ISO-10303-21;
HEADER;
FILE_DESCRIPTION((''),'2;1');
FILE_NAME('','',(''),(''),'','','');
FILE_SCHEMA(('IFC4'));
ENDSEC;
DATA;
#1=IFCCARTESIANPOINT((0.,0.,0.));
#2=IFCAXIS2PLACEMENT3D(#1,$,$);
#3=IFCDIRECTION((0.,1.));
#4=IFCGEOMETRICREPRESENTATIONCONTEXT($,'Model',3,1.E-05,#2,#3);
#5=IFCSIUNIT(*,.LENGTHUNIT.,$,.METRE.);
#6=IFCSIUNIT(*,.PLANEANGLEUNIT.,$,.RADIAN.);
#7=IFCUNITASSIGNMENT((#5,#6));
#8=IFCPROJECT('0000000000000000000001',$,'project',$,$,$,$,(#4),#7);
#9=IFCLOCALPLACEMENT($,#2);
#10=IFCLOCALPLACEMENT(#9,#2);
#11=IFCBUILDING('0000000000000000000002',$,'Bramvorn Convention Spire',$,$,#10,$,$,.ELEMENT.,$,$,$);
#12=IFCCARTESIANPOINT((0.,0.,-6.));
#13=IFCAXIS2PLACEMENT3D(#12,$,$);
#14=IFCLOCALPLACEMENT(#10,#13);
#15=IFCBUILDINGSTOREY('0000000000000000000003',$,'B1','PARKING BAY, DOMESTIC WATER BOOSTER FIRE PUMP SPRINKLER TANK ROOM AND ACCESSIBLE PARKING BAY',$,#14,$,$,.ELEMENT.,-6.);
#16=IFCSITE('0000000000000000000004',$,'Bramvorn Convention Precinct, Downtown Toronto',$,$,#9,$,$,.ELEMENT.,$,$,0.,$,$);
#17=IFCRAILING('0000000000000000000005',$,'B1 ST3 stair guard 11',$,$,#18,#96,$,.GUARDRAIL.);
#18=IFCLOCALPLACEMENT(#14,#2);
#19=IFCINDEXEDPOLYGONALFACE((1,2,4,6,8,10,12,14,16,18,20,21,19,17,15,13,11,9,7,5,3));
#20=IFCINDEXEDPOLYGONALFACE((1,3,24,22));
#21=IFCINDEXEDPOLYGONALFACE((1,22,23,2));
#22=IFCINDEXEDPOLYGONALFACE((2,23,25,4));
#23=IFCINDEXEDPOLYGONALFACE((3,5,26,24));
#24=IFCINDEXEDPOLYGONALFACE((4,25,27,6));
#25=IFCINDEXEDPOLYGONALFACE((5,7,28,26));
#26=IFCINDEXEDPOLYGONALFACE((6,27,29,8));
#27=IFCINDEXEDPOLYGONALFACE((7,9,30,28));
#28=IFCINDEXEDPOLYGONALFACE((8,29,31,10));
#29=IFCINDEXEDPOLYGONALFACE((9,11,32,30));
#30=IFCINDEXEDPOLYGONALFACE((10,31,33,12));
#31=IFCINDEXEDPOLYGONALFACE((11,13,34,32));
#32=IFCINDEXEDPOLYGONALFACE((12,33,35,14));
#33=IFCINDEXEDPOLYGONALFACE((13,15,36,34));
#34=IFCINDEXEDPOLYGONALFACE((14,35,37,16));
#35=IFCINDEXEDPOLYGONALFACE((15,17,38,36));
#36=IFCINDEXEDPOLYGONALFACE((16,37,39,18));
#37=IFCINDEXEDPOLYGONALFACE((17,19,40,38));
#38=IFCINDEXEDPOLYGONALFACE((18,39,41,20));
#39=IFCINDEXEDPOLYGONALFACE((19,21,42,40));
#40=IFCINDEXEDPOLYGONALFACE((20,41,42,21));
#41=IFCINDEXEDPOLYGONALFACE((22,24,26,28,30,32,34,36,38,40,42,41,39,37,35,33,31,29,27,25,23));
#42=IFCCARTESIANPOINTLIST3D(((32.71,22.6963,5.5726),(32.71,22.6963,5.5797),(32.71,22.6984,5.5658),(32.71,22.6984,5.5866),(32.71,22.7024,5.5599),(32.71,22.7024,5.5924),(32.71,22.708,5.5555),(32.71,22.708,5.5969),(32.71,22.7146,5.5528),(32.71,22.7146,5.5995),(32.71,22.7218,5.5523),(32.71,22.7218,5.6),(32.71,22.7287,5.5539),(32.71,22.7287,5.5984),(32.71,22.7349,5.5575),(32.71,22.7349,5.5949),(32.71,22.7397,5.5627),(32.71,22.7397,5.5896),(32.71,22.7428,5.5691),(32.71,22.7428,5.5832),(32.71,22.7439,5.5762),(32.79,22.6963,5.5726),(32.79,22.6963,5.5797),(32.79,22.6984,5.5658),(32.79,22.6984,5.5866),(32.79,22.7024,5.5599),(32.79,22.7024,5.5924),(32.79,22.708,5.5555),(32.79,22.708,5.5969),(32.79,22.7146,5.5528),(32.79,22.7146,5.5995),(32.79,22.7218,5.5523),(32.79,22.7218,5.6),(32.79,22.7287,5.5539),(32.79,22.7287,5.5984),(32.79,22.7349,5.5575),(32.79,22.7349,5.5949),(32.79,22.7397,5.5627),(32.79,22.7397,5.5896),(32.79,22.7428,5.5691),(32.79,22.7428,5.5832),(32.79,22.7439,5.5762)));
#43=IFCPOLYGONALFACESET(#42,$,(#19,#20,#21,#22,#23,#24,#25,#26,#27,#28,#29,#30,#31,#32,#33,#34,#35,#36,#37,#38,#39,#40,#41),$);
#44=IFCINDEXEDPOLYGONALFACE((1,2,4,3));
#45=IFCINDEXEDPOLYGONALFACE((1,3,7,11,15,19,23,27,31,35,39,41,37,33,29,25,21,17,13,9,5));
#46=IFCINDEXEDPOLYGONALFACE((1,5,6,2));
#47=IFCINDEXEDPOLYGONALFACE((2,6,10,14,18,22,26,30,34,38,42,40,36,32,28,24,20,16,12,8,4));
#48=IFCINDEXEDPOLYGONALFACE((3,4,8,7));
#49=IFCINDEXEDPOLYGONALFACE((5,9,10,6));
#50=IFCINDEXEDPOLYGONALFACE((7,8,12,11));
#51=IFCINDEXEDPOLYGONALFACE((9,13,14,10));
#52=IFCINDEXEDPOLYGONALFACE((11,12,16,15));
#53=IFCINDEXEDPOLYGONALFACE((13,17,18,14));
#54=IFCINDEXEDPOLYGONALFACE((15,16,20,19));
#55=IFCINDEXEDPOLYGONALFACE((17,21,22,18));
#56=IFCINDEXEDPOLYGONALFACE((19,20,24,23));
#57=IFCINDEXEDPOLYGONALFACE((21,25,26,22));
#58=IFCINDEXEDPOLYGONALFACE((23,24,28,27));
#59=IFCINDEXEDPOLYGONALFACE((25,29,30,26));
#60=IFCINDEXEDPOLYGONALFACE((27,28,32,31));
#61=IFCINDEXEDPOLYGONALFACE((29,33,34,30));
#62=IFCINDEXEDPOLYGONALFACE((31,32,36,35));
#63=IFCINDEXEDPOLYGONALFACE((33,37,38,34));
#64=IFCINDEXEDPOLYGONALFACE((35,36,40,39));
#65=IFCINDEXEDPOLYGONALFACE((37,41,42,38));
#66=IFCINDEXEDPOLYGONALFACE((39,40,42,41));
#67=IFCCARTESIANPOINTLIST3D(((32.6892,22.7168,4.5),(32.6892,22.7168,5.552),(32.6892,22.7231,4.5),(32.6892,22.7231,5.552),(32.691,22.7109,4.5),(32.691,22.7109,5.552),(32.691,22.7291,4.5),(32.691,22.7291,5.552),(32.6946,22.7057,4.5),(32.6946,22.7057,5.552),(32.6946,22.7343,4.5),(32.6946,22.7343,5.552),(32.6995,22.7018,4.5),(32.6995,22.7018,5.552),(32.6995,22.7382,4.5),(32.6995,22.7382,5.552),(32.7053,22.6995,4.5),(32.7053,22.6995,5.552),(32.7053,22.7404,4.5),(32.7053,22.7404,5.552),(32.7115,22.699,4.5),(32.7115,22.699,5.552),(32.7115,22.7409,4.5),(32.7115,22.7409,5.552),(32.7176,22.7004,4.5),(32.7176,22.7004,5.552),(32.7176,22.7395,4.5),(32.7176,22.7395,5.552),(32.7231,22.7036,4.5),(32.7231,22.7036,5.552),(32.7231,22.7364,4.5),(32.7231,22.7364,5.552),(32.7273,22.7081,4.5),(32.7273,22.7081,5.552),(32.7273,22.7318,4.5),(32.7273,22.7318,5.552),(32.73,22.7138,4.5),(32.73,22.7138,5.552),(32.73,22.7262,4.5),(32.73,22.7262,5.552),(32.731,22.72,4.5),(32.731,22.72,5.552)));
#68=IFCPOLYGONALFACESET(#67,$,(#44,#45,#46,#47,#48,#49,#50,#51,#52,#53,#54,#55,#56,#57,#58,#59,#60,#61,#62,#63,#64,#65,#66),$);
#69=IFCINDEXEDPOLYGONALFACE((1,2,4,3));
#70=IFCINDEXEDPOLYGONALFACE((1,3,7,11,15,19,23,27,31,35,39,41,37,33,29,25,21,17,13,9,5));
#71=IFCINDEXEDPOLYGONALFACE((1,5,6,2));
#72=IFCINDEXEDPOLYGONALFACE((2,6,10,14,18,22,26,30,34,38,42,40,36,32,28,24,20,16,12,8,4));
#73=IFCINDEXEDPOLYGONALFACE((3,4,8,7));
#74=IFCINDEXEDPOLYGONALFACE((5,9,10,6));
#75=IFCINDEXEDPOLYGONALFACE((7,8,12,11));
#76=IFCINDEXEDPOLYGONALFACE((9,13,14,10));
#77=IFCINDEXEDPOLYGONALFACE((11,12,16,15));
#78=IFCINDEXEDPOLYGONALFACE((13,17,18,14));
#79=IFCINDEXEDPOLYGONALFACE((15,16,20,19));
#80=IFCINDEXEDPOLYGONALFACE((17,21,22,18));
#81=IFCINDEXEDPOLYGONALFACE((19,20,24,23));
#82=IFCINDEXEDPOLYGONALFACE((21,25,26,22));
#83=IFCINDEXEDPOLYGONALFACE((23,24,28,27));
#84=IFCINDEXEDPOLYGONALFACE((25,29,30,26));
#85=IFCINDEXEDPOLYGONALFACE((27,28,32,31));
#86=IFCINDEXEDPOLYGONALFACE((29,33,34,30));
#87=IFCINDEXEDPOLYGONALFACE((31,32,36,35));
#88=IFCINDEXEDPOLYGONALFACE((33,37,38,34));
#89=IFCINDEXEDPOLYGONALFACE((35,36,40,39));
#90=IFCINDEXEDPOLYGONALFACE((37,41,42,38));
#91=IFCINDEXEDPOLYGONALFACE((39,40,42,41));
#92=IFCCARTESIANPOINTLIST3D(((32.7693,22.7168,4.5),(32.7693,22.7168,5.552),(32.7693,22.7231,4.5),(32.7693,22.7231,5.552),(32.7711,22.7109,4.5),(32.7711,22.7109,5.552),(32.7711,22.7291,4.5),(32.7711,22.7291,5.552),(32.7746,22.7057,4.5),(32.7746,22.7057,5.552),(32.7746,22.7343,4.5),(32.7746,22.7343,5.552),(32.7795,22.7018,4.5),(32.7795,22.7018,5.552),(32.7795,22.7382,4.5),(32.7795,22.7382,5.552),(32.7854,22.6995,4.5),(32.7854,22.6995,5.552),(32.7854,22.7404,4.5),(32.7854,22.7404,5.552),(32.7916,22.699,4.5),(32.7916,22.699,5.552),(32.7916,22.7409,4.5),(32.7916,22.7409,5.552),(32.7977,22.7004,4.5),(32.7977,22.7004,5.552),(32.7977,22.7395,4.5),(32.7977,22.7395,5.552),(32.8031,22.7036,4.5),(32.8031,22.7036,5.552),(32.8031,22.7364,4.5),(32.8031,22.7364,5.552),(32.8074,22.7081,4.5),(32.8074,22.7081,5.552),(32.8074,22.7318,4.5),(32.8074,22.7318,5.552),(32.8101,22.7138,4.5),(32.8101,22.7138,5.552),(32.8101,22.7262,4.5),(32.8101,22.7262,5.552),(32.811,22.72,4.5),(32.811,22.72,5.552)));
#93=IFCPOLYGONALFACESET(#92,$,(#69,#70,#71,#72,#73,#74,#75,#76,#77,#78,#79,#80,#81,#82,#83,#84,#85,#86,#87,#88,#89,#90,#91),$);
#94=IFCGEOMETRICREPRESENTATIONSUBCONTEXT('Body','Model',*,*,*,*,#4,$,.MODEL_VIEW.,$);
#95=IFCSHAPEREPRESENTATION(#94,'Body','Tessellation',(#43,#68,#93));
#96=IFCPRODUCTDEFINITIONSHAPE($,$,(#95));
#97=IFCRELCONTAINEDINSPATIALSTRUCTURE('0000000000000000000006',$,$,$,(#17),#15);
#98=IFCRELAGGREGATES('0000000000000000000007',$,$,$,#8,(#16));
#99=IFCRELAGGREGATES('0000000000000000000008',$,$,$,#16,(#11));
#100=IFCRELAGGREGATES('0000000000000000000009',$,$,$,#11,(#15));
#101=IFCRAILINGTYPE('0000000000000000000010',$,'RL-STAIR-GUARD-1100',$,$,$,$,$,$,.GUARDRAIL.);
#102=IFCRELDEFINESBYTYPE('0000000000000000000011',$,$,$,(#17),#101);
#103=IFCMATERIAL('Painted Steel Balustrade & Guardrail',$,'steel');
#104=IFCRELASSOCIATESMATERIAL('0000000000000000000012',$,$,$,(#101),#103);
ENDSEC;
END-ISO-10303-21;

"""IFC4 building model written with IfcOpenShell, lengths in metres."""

from ifc_helpers import new_model, si_unit, direction, frame, origin, origin_2d, place, context, subcontext, project, spatial, circle, extrude, material, type_object, element, save


model = new_model("IFC4")

# Units and contexts
model_context = context("Model", 3, precision=1e-05, world=origin(), true_north=direction((0.0, 1.0)))
body_context = subcontext(model_context, "Body", "Model", "MODEL_VIEW")
ifc_project = project(units=[si_unit("LENGTHUNIT", "METRE"), si_unit("PLANEANGLEUNIT", "RADIAN")], contexts=[model_context])

# Site, building, storey
site_placement = place(None, origin())
site = spatial("IfcSite", under=ifc_project, at=site_placement, Name="Bramvorn Convention Precinct, Downtown Toronto", CompositionType="ELEMENT", RefElevation=0.0)
building_placement = place(site_placement, origin())
building = spatial("IfcBuilding", under=site, at=building_placement, Name="Bramvorn Convention Spire", CompositionType="ELEMENT")
storey_placement = place(building_placement, frame((0.0, 0.0, -6.0)))
storey = spatial("IfcBuildingStorey", under=building, at=storey_placement, Name="B1", Description="PARKING BAY, DOMESTIC WATER BOOSTER FIRE PUMP SPRINKLER TANK ROOM AND ACCESSIBLE PARKING BAY", CompositionType="ELEMENT", Elevation=-6.0)

# Railing
ifc_material_1 = material(Name="Painted Steel Balustrade & Guardrail", Category="steel")
railing_type_1 = type_object("IfcRailingType", Name="RL-STAIR-GUARD-1100", PredefinedType="GUARDRAIL", material=ifc_material_1)
railing_1_placement = place(storey_placement, frame((32.71, 22.72, 4.5)))
element("IfcRailing", 1, at=railing_1_placement, inside=storey, type_object=railing_type_1, Name="B1 ST3 stair guard 11", PredefinedType="GUARDRAIL", context=body_context, shape_type="SweptSolid", body=[
    extrude(circle(Radius=0.0239, at=origin_2d()), frame((0.0, 0.0, 1.0762), z_axis=(1.0, 0.0, 0.0), x_axis=(0.0, 1.0, 0.0)), (0.0, 0.0, 1.0), 0.0801),
    extrude(circle(Radius=0.021, at=origin_2d()), origin(), (0.0, 0.0, 1.0), 1.052),
    extrude(circle(Radius=0.021, at=origin_2d()), frame((0.0801, 0.0, 0.0)), (0.0, 0.0, 1.0), 1.052),
])

save(model, "model.ifc")
